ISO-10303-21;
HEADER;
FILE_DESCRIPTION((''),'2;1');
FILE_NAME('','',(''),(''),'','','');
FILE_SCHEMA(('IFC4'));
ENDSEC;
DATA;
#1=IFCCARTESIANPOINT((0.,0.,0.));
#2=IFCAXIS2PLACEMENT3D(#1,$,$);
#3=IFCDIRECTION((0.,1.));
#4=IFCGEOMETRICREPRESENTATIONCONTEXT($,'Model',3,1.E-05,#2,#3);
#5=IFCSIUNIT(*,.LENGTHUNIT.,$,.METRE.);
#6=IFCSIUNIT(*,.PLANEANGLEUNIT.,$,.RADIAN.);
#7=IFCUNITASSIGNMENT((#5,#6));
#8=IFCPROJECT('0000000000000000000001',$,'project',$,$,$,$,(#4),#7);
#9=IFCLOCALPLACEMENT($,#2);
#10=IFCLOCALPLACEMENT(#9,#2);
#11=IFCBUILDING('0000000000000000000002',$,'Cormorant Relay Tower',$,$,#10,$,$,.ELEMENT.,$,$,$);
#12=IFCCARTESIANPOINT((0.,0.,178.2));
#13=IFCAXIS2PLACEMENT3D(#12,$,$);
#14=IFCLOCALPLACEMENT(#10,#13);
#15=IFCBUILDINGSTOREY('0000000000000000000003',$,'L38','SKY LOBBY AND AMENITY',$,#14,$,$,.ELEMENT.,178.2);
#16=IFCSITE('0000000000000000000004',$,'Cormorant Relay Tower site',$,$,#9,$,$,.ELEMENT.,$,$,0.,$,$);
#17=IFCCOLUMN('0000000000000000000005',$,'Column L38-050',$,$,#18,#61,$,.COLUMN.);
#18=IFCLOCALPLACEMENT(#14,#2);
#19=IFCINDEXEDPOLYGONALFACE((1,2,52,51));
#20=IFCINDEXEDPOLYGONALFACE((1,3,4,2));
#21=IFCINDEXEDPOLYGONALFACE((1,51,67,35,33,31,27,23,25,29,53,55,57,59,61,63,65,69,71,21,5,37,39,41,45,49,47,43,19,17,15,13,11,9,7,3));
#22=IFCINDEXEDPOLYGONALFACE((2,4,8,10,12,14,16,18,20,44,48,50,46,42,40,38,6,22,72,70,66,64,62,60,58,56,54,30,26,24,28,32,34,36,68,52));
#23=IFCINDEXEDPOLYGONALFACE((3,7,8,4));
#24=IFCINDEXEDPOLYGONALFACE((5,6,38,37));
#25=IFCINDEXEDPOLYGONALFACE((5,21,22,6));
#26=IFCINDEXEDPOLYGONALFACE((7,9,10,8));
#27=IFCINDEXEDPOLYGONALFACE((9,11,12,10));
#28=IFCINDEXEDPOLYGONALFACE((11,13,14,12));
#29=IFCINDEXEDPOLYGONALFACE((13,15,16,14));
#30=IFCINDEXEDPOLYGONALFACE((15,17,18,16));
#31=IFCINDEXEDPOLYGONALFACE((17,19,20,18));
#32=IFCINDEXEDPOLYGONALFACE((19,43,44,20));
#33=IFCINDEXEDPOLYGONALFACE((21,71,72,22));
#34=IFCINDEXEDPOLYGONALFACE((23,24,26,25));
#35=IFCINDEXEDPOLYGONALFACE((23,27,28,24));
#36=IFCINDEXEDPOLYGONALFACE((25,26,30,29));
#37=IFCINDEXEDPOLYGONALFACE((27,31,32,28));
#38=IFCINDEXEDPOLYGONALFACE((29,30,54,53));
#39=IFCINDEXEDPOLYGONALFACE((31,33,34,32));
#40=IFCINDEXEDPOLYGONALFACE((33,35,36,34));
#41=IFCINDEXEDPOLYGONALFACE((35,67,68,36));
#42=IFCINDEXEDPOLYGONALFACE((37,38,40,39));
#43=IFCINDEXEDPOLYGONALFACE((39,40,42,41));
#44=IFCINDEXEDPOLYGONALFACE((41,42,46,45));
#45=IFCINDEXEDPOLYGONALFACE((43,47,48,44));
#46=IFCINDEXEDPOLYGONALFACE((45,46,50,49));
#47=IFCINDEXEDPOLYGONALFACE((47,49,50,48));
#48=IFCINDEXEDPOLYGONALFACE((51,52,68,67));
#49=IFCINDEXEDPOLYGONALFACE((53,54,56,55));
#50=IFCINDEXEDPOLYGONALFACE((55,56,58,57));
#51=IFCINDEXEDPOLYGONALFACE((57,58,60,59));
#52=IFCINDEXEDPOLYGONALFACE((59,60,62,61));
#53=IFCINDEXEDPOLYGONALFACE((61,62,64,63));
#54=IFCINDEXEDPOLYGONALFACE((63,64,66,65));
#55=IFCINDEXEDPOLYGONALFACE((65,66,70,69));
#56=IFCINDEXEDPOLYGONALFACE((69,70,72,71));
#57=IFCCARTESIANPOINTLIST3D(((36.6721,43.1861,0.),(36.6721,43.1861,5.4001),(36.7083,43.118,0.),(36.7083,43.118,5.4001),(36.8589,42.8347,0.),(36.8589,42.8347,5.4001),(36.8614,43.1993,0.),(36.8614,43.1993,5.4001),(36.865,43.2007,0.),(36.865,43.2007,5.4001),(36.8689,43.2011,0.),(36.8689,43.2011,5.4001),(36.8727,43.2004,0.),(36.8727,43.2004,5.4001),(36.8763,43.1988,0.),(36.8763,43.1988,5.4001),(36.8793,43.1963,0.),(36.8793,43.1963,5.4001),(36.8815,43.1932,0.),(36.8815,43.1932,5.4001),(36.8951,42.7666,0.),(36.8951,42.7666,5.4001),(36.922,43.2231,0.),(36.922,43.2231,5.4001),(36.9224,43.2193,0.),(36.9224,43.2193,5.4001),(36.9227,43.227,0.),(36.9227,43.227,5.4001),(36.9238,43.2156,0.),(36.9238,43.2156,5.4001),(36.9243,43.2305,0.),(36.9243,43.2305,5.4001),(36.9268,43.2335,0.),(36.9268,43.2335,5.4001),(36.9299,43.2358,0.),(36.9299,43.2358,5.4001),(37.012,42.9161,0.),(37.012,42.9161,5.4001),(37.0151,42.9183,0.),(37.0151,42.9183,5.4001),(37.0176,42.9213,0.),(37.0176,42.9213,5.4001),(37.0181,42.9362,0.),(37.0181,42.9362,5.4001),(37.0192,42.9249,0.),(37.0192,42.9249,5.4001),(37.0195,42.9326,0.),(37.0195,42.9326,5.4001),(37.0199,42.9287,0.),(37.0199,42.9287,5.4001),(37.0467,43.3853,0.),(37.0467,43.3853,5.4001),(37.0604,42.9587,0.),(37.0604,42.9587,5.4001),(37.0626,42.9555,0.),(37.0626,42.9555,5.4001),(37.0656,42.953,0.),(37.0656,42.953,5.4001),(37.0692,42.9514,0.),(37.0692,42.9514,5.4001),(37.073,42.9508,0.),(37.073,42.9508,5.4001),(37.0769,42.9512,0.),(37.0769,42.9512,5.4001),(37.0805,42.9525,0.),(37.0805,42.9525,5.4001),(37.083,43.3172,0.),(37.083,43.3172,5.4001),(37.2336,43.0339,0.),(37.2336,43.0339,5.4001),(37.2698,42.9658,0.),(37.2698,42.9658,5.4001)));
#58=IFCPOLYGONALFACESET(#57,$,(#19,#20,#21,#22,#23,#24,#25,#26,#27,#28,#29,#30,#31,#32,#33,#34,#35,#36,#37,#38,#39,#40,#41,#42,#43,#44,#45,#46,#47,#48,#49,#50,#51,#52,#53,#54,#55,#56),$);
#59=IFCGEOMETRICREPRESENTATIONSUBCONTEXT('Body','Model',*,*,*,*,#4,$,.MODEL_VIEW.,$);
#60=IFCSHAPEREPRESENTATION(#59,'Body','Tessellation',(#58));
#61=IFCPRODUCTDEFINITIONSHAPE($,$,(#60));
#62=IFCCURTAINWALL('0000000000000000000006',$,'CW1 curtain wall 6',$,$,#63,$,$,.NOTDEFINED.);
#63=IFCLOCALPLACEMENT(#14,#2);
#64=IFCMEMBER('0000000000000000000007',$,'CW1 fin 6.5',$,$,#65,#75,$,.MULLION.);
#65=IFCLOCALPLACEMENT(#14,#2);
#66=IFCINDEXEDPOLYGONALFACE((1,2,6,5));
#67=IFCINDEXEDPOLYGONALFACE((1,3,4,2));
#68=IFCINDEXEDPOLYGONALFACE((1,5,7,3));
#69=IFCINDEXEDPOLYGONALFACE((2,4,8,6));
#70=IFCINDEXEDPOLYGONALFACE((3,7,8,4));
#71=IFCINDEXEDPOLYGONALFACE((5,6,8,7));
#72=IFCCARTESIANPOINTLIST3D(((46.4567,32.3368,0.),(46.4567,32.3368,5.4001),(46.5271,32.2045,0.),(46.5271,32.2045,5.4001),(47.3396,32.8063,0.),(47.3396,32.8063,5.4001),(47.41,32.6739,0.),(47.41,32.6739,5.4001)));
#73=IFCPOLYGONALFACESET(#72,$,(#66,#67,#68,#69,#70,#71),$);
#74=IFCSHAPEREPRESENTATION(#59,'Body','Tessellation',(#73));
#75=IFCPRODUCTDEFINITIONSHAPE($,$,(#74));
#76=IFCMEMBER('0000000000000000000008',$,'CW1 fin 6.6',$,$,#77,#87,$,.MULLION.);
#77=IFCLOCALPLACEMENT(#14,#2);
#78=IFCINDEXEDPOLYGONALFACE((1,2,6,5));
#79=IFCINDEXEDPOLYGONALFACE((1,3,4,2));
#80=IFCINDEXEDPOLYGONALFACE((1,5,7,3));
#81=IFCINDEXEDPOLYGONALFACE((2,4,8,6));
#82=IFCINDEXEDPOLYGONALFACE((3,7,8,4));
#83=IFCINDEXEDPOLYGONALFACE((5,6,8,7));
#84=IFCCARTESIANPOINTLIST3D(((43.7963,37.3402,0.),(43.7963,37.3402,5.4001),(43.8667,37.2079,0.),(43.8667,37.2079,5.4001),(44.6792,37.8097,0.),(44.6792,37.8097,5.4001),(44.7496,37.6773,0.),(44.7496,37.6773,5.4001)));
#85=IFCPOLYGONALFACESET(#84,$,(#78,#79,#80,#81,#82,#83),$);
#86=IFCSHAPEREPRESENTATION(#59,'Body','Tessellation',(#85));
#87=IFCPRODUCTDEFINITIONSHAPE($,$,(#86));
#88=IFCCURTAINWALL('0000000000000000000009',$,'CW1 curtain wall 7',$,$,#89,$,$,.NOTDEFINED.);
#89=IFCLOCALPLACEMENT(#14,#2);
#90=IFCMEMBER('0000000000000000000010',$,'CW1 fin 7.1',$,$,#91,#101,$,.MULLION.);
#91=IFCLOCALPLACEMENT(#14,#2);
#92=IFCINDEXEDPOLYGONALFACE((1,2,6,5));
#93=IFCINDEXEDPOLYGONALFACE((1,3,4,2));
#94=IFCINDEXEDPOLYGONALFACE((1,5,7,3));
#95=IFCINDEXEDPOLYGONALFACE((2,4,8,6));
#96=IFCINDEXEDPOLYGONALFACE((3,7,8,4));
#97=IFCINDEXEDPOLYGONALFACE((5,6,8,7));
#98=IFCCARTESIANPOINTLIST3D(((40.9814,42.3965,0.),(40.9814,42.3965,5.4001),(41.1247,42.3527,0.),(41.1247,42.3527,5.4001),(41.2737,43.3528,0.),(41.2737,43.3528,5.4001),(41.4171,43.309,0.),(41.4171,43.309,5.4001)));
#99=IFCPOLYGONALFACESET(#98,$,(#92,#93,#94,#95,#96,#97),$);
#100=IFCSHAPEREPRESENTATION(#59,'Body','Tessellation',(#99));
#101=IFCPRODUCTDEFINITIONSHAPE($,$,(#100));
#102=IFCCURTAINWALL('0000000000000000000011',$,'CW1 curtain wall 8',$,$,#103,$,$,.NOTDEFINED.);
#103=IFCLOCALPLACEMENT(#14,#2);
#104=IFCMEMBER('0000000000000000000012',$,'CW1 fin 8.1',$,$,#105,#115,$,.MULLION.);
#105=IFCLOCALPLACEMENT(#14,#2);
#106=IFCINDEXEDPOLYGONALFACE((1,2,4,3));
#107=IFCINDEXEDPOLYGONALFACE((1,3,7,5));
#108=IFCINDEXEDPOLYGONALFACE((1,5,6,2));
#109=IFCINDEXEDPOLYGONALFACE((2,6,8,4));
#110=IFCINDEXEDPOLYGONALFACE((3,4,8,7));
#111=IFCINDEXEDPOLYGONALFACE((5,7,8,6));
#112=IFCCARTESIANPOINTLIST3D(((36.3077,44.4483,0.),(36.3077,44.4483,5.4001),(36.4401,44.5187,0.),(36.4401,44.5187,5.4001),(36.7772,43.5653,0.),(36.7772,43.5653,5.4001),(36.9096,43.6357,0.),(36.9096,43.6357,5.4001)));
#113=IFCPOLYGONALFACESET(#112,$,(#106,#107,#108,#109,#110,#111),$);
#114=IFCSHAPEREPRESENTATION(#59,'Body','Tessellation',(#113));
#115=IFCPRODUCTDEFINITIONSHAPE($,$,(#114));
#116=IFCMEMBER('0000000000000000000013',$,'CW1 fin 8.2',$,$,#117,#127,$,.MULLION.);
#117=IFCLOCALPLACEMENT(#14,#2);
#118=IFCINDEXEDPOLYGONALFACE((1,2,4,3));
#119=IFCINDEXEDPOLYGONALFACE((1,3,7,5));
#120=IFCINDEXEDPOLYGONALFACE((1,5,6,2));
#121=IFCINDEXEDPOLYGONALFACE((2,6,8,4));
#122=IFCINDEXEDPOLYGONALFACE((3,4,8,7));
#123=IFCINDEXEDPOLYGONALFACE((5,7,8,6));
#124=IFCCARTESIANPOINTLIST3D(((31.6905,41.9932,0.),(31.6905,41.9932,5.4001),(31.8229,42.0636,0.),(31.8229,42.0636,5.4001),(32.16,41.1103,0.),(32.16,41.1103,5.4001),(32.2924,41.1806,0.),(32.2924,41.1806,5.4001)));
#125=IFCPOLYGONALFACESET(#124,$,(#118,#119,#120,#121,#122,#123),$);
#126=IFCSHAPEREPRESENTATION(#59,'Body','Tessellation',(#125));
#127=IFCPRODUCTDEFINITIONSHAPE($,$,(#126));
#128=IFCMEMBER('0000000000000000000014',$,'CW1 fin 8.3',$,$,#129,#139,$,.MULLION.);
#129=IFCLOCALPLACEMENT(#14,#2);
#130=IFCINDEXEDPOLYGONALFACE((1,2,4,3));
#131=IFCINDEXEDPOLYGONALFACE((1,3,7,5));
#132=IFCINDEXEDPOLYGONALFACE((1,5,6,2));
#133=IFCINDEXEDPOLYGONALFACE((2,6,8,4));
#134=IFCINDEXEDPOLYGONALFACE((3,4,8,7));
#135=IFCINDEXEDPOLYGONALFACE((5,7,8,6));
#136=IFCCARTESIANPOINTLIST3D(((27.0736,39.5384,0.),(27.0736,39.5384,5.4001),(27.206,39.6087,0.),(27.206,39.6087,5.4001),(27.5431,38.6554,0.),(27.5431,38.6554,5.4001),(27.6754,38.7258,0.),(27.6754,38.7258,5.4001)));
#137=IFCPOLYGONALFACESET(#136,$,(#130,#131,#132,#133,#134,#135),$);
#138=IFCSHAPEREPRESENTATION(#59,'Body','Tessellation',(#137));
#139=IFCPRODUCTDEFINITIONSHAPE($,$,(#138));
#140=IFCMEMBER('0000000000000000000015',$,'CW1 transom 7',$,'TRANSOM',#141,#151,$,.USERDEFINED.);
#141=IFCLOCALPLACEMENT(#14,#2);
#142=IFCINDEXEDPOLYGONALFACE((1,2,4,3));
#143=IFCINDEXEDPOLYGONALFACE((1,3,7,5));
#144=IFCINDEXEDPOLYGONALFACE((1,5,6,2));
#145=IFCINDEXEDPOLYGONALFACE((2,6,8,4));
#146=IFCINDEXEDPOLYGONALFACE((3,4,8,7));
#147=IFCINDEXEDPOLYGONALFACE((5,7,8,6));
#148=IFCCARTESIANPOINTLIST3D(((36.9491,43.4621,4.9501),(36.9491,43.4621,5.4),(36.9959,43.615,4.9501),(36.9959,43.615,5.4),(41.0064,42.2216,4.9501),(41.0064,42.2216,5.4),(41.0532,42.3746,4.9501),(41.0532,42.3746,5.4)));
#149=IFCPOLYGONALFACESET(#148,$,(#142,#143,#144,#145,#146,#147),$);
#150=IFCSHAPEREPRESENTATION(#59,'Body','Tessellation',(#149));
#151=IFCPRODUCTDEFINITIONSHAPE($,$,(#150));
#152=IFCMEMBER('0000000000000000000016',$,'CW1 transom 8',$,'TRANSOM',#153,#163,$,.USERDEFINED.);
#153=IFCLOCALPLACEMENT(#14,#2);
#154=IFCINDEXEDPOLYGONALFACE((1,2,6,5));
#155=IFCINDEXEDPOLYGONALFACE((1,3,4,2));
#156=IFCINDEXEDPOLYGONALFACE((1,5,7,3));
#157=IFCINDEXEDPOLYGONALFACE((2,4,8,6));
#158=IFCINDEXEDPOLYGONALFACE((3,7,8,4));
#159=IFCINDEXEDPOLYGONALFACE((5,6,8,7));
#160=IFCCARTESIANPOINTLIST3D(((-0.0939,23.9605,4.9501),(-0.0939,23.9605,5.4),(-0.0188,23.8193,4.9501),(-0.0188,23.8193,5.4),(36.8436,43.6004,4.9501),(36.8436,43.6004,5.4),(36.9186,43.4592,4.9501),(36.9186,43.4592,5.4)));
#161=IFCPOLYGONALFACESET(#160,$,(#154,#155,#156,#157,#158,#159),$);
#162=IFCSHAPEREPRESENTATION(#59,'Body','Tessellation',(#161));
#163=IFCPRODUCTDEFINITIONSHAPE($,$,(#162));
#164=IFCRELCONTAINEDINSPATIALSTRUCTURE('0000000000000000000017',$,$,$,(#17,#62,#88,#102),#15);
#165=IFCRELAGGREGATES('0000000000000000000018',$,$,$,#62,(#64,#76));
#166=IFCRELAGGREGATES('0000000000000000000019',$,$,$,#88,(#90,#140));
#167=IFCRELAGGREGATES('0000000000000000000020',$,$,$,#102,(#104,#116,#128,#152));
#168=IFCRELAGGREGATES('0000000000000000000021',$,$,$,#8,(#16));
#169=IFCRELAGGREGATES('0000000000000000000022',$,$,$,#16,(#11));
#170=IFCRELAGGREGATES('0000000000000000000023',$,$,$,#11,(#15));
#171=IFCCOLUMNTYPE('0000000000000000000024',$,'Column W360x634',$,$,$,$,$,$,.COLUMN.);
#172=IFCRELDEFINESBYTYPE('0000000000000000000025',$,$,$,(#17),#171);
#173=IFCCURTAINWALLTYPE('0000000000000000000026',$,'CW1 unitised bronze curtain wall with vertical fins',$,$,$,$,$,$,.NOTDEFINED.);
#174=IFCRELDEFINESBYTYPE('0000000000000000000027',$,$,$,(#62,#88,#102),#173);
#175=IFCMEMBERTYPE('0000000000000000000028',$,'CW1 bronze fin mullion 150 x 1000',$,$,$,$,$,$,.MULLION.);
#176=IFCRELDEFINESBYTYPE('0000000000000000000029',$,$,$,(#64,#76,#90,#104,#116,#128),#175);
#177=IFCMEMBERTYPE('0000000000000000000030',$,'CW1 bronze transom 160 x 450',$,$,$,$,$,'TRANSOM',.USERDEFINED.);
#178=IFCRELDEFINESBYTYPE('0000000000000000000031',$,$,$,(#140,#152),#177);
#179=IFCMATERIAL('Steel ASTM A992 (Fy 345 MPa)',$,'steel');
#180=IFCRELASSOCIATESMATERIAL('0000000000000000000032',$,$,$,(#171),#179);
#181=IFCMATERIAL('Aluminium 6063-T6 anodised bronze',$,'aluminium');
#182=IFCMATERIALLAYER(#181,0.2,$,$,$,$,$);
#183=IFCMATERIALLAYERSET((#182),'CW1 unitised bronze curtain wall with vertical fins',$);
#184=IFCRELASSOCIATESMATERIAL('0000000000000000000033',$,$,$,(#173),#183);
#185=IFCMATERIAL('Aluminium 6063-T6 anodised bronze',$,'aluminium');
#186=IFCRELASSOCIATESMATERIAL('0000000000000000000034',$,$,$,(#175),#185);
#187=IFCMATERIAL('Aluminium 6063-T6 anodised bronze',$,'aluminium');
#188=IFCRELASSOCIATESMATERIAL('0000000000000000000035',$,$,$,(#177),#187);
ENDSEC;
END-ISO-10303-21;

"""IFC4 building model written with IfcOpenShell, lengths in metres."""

from ifc_helpers import new_model, si_unit, direction, frame, origin, origin_2d, place, context, subcontext, project, spatial, rectangle, i_section, extrude, material, layer, layer_set, material_profile, profile_set, type_object, element, aggregate, save


model = new_model("IFC4")

# Units and contexts
model_context = context("Model", 3, precision=1e-05, world=origin(), true_north=direction((0.0, 1.0)))
body_context = subcontext(model_context, "Body", "Model", "MODEL_VIEW")
ifc_project = project(units=[si_unit("LENGTHUNIT", "METRE"), si_unit("PLANEANGLEUNIT", "RADIAN")], contexts=[model_context])

# Site, building, storey
site_placement = place(None, origin())
site = spatial("IfcSite", under=ifc_project, at=site_placement, Name="Cormorant Relay Tower site", CompositionType="ELEMENT", RefElevation=0.0)
building_placement = place(site_placement, origin())
building = spatial("IfcBuilding", under=site, at=building_placement, Name="Cormorant Relay Tower", CompositionType="ELEMENT")
storey_placement = place(building_placement, frame((0.0, 0.0, 178.2)))
storey = spatial("IfcBuildingStorey", under=building, at=storey_placement, Name="L38", Description="SKY LOBBY AND AMENITY", CompositionType="ELEMENT", Elevation=178.2)

# Column
ifc_material_1 = material(Name="Steel ASTM A992 (Fy 345 MPa)", Category="steel")
ifc_material_profile_1 = material_profile(ifc_material_1, i_section(OverallWidth=0.4243, OverallDepth=0.4751, WebThickness=0.0479, FlangeThickness=0.0771, FilletRadius=0.0149, at=origin_2d()), Name="W360x634")
ifc_profile_set_1 = profile_set([ifc_material_profile_1], Name="Steel ASTM A992 (Fy 345 MPa)")
column_type_1 = type_object("IfcColumnType", Name="Column W360x634", PredefinedType="COLUMN", material=ifc_profile_set_1)
for number, where, z_axis, x_axis, name in (
    (1, (36.9709, 43.0759, 0.0), (0.0, 0.0, 1.0), (-0.882948, -0.469472, 0.0), "Column L38-050"),
):
    element("IfcColumn", number, at=place(storey_placement, frame(where, z_axis=z_axis, x_axis=x_axis)), inside=storey, type_object=column_type_1, Name=name, PredefinedType="COLUMN", context=body_context, shape_type="SweptSolid", body=[
        extrude(i_section(OverallWidth=0.4243, OverallDepth=0.4751, WebThickness=0.0479, FlangeThickness=0.0771, FilletRadius=0.0149, at=origin_2d()), origin(), (0.0, 0.0, 1.0), 5.4001),
    ])

# Curtain wall, members
ifc_material_2 = material(Name="Aluminium 6063-T6 anodised bronze", Category="aluminium")
ifc_layer_1 = layer(ifc_material_2, 0.2)
ifc_layer_set_1 = layer_set([ifc_layer_1], Name="CW1 unitised bronze curtain wall with vertical fins")
curtain_wall_type = type_object("IfcCurtainWallType", Name="CW1 unitised bronze curtain wall with vertical fins", PredefinedType="NOTDEFINED", material=ifc_layer_set_1)
curtain_wall_1_placement = place(storey_placement, origin())
curtain_wall_1 = element("IfcCurtainWall", 2, at=curtain_wall_1_placement, inside=storey, type_object=curtain_wall_type, Name="CW1 curtain wall 6", PredefinedType="NOTDEFINED")
ifc_material_3 = material(Name="Aluminium 6063-T6 anodised bronze", Category="aluminium")
ifc_material_profile_2 = material_profile(ifc_material_3, rectangle(XDim=0.1499, YDim=1.0, at=origin_2d()), Name="AL 150x1000")
ifc_profile_set_2 = profile_set([ifc_material_profile_2], Name="Aluminium 6063-T6 anodised bronze")
member_type_1 = type_object("IfcMemberType", Name="CW1 bronze fin mullion 150 x 1000", PredefinedType="MULLION", material=ifc_profile_set_2)
member_1_placement = place(storey_placement, frame((46.9333, 32.5054, 0.0), z_axis=(0.0, 0.0, 1.0), x_axis=(-0.469472, 0.882948, 0.0)))
member_1 = element("IfcMember", 3, at=member_1_placement, type_object=member_type_1, Name="CW1 fin 6.5", PredefinedType="MULLION", context=body_context, shape_type="SweptSolid", body=[
    extrude(rectangle(XDim=0.1499, YDim=1.0, at=origin_2d()), origin(), (0.0, 0.0, 1.0), 5.4001),
])
member_2_placement = place(storey_placement, frame((44.2729, 37.5088, 0.0), z_axis=(0.0, 0.0, 1.0), x_axis=(-0.469472, 0.882948, 0.0)))
member_2 = element("IfcMember", 4, at=member_2_placement, type_object=member_type_1, Name="CW1 fin 6.6", PredefinedType="MULLION", context=body_context, shape_type="SweptSolid", body=[
    extrude(rectangle(XDim=0.1499, YDim=1.0, at=origin_2d()), origin(), (0.0, 0.0, 1.0), 5.4001),
])

# Curtain wall, member
curtain_wall_2_placement = place(storey_placement, origin())
curtain_wall_2 = element("IfcCurtainWall", 5, at=curtain_wall_2_placement, inside=storey, type_object=curtain_wall_type, Name="CW1 curtain wall 7", PredefinedType="NOTDEFINED")
member_3_placement = place(storey_placement, frame((41.1992, 42.8528, 0.0), z_axis=(0.0, 0.0, 1.0), x_axis=(-0.956305, 0.292372, 0.0)))
member_3 = element("IfcMember", 6, at=member_3_placement, type_object=member_type_1, Name="CW1 fin 7.1", PredefinedType="MULLION", context=body_context, shape_type="SweptSolid", body=[
    extrude(rectangle(XDim=0.1499, YDim=1.0, at=origin_2d()), origin(), (0.0, 0.0, 1.0), 5.4001),
])

# Curtain wall, members
curtain_wall_3_placement = place(storey_placement, origin())
curtain_wall_3 = element("IfcCurtainWall", 7, at=curtain_wall_3_placement, inside=storey, type_object=curtain_wall_type, Name="CW1 curtain wall 8", PredefinedType="NOTDEFINED")
member_4_placement = place(storey_placement, frame((36.6086, 44.042, 0.0), z_axis=(0.0, 0.0, 1.0), x_axis=(-0.882948, -0.469472, 0.0)))
member_4 = element("IfcMember", 8, at=member_4_placement, type_object=member_type_1, Name="CW1 fin 8.1", PredefinedType="MULLION", context=body_context, shape_type="SweptSolid", body=[
    extrude(rectangle(XDim=0.1499, YDim=1.0, at=origin_2d()), origin(), (0.0, 0.0, 1.0), 5.4001),
])
member_5_placement = place(storey_placement, frame((31.9915, 41.5869, 0.0), z_axis=(0.0, 0.0, 1.0), x_axis=(-0.882948, -0.469472, 0.0)))
member_5 = element("IfcMember", 9, at=member_5_placement, type_object=member_type_1, Name="CW1 fin 8.2", PredefinedType="MULLION", context=body_context, shape_type="SweptSolid", body=[
    extrude(rectangle(XDim=0.1499, YDim=1.0, at=origin_2d()), origin(), (0.0, 0.0, 1.0), 5.4001),
])
member_6_placement = place(storey_placement, frame((27.3745, 39.1321, 0.0), z_axis=(0.0, 0.0, 1.0), x_axis=(-0.882948, -0.469472, 0.0)))
member_6 = element("IfcMember", 10, at=member_6_placement, type_object=member_type_1, Name="CW1 fin 8.3", PredefinedType="MULLION", context=body_context, shape_type="SweptSolid", body=[
    extrude(rectangle(XDim=0.1499, YDim=1.0, at=origin_2d()), origin(), (0.0, 0.0, 1.0), 5.4001),
])

# Members
ifc_material_4 = material(Name="Aluminium 6063-T6 anodised bronze", Category="aluminium")
ifc_material_profile_3 = material_profile(ifc_material_4, rectangle(XDim=0.1599, YDim=0.45, at=origin_2d()), Name="AL 160x450")
ifc_profile_set_3 = profile_set([ifc_material_profile_3], Name="Aluminium 6063-T6 anodised bronze")
member_type_2 = type_object("IfcMemberType", Name="CW1 bronze transom 160 x 450", ElementType="TRANSOM", PredefinedType="USERDEFINED", material=ifc_profile_set_3)
member_7_placement = place(storey_placement, frame((41.0298, 42.2981, 5.175), z_axis=(-0.956304, 0.292375, 0.0), x_axis=(-0.292375, -0.956304, 0.0)))
member_7 = element("IfcMember", 11, at=member_7_placement, type_object=member_type_2, Name="CW1 transom 7", ObjectType="TRANSOM", PredefinedType="USERDEFINED", context=body_context, shape_type="SweptSolid", body=[
    extrude(rectangle(XDim=0.1599, YDim=0.45, at=origin_2d()), origin(), (0.0, 0.0, 1.0), 4.2427),
])
member_8_placement = place(storey_placement, frame((36.8811, 43.5298, 5.175), z_axis=(-0.882949, -0.469469, 0.0), x_axis=(0.469469, -0.882949, 0.0)))
member_8 = element("IfcMember", 12, at=member_8_placement, type_object=member_type_2, Name="CW1 transom 8", ObjectType="TRANSOM", PredefinedType="USERDEFINED", context=body_context, shape_type="SweptSolid", body=[
    extrude(rectangle(XDim=0.1599, YDim=0.45, at=origin_2d()), origin(), (0.0, 0.0, 1.0), 41.8342),
])

aggregate(curtain_wall_1, [member_1, member_2])
aggregate(curtain_wall_2, [member_3, member_7])
aggregate(curtain_wall_3, [member_4, member_5, member_6, member_8])

save(model, "model.ifc")
